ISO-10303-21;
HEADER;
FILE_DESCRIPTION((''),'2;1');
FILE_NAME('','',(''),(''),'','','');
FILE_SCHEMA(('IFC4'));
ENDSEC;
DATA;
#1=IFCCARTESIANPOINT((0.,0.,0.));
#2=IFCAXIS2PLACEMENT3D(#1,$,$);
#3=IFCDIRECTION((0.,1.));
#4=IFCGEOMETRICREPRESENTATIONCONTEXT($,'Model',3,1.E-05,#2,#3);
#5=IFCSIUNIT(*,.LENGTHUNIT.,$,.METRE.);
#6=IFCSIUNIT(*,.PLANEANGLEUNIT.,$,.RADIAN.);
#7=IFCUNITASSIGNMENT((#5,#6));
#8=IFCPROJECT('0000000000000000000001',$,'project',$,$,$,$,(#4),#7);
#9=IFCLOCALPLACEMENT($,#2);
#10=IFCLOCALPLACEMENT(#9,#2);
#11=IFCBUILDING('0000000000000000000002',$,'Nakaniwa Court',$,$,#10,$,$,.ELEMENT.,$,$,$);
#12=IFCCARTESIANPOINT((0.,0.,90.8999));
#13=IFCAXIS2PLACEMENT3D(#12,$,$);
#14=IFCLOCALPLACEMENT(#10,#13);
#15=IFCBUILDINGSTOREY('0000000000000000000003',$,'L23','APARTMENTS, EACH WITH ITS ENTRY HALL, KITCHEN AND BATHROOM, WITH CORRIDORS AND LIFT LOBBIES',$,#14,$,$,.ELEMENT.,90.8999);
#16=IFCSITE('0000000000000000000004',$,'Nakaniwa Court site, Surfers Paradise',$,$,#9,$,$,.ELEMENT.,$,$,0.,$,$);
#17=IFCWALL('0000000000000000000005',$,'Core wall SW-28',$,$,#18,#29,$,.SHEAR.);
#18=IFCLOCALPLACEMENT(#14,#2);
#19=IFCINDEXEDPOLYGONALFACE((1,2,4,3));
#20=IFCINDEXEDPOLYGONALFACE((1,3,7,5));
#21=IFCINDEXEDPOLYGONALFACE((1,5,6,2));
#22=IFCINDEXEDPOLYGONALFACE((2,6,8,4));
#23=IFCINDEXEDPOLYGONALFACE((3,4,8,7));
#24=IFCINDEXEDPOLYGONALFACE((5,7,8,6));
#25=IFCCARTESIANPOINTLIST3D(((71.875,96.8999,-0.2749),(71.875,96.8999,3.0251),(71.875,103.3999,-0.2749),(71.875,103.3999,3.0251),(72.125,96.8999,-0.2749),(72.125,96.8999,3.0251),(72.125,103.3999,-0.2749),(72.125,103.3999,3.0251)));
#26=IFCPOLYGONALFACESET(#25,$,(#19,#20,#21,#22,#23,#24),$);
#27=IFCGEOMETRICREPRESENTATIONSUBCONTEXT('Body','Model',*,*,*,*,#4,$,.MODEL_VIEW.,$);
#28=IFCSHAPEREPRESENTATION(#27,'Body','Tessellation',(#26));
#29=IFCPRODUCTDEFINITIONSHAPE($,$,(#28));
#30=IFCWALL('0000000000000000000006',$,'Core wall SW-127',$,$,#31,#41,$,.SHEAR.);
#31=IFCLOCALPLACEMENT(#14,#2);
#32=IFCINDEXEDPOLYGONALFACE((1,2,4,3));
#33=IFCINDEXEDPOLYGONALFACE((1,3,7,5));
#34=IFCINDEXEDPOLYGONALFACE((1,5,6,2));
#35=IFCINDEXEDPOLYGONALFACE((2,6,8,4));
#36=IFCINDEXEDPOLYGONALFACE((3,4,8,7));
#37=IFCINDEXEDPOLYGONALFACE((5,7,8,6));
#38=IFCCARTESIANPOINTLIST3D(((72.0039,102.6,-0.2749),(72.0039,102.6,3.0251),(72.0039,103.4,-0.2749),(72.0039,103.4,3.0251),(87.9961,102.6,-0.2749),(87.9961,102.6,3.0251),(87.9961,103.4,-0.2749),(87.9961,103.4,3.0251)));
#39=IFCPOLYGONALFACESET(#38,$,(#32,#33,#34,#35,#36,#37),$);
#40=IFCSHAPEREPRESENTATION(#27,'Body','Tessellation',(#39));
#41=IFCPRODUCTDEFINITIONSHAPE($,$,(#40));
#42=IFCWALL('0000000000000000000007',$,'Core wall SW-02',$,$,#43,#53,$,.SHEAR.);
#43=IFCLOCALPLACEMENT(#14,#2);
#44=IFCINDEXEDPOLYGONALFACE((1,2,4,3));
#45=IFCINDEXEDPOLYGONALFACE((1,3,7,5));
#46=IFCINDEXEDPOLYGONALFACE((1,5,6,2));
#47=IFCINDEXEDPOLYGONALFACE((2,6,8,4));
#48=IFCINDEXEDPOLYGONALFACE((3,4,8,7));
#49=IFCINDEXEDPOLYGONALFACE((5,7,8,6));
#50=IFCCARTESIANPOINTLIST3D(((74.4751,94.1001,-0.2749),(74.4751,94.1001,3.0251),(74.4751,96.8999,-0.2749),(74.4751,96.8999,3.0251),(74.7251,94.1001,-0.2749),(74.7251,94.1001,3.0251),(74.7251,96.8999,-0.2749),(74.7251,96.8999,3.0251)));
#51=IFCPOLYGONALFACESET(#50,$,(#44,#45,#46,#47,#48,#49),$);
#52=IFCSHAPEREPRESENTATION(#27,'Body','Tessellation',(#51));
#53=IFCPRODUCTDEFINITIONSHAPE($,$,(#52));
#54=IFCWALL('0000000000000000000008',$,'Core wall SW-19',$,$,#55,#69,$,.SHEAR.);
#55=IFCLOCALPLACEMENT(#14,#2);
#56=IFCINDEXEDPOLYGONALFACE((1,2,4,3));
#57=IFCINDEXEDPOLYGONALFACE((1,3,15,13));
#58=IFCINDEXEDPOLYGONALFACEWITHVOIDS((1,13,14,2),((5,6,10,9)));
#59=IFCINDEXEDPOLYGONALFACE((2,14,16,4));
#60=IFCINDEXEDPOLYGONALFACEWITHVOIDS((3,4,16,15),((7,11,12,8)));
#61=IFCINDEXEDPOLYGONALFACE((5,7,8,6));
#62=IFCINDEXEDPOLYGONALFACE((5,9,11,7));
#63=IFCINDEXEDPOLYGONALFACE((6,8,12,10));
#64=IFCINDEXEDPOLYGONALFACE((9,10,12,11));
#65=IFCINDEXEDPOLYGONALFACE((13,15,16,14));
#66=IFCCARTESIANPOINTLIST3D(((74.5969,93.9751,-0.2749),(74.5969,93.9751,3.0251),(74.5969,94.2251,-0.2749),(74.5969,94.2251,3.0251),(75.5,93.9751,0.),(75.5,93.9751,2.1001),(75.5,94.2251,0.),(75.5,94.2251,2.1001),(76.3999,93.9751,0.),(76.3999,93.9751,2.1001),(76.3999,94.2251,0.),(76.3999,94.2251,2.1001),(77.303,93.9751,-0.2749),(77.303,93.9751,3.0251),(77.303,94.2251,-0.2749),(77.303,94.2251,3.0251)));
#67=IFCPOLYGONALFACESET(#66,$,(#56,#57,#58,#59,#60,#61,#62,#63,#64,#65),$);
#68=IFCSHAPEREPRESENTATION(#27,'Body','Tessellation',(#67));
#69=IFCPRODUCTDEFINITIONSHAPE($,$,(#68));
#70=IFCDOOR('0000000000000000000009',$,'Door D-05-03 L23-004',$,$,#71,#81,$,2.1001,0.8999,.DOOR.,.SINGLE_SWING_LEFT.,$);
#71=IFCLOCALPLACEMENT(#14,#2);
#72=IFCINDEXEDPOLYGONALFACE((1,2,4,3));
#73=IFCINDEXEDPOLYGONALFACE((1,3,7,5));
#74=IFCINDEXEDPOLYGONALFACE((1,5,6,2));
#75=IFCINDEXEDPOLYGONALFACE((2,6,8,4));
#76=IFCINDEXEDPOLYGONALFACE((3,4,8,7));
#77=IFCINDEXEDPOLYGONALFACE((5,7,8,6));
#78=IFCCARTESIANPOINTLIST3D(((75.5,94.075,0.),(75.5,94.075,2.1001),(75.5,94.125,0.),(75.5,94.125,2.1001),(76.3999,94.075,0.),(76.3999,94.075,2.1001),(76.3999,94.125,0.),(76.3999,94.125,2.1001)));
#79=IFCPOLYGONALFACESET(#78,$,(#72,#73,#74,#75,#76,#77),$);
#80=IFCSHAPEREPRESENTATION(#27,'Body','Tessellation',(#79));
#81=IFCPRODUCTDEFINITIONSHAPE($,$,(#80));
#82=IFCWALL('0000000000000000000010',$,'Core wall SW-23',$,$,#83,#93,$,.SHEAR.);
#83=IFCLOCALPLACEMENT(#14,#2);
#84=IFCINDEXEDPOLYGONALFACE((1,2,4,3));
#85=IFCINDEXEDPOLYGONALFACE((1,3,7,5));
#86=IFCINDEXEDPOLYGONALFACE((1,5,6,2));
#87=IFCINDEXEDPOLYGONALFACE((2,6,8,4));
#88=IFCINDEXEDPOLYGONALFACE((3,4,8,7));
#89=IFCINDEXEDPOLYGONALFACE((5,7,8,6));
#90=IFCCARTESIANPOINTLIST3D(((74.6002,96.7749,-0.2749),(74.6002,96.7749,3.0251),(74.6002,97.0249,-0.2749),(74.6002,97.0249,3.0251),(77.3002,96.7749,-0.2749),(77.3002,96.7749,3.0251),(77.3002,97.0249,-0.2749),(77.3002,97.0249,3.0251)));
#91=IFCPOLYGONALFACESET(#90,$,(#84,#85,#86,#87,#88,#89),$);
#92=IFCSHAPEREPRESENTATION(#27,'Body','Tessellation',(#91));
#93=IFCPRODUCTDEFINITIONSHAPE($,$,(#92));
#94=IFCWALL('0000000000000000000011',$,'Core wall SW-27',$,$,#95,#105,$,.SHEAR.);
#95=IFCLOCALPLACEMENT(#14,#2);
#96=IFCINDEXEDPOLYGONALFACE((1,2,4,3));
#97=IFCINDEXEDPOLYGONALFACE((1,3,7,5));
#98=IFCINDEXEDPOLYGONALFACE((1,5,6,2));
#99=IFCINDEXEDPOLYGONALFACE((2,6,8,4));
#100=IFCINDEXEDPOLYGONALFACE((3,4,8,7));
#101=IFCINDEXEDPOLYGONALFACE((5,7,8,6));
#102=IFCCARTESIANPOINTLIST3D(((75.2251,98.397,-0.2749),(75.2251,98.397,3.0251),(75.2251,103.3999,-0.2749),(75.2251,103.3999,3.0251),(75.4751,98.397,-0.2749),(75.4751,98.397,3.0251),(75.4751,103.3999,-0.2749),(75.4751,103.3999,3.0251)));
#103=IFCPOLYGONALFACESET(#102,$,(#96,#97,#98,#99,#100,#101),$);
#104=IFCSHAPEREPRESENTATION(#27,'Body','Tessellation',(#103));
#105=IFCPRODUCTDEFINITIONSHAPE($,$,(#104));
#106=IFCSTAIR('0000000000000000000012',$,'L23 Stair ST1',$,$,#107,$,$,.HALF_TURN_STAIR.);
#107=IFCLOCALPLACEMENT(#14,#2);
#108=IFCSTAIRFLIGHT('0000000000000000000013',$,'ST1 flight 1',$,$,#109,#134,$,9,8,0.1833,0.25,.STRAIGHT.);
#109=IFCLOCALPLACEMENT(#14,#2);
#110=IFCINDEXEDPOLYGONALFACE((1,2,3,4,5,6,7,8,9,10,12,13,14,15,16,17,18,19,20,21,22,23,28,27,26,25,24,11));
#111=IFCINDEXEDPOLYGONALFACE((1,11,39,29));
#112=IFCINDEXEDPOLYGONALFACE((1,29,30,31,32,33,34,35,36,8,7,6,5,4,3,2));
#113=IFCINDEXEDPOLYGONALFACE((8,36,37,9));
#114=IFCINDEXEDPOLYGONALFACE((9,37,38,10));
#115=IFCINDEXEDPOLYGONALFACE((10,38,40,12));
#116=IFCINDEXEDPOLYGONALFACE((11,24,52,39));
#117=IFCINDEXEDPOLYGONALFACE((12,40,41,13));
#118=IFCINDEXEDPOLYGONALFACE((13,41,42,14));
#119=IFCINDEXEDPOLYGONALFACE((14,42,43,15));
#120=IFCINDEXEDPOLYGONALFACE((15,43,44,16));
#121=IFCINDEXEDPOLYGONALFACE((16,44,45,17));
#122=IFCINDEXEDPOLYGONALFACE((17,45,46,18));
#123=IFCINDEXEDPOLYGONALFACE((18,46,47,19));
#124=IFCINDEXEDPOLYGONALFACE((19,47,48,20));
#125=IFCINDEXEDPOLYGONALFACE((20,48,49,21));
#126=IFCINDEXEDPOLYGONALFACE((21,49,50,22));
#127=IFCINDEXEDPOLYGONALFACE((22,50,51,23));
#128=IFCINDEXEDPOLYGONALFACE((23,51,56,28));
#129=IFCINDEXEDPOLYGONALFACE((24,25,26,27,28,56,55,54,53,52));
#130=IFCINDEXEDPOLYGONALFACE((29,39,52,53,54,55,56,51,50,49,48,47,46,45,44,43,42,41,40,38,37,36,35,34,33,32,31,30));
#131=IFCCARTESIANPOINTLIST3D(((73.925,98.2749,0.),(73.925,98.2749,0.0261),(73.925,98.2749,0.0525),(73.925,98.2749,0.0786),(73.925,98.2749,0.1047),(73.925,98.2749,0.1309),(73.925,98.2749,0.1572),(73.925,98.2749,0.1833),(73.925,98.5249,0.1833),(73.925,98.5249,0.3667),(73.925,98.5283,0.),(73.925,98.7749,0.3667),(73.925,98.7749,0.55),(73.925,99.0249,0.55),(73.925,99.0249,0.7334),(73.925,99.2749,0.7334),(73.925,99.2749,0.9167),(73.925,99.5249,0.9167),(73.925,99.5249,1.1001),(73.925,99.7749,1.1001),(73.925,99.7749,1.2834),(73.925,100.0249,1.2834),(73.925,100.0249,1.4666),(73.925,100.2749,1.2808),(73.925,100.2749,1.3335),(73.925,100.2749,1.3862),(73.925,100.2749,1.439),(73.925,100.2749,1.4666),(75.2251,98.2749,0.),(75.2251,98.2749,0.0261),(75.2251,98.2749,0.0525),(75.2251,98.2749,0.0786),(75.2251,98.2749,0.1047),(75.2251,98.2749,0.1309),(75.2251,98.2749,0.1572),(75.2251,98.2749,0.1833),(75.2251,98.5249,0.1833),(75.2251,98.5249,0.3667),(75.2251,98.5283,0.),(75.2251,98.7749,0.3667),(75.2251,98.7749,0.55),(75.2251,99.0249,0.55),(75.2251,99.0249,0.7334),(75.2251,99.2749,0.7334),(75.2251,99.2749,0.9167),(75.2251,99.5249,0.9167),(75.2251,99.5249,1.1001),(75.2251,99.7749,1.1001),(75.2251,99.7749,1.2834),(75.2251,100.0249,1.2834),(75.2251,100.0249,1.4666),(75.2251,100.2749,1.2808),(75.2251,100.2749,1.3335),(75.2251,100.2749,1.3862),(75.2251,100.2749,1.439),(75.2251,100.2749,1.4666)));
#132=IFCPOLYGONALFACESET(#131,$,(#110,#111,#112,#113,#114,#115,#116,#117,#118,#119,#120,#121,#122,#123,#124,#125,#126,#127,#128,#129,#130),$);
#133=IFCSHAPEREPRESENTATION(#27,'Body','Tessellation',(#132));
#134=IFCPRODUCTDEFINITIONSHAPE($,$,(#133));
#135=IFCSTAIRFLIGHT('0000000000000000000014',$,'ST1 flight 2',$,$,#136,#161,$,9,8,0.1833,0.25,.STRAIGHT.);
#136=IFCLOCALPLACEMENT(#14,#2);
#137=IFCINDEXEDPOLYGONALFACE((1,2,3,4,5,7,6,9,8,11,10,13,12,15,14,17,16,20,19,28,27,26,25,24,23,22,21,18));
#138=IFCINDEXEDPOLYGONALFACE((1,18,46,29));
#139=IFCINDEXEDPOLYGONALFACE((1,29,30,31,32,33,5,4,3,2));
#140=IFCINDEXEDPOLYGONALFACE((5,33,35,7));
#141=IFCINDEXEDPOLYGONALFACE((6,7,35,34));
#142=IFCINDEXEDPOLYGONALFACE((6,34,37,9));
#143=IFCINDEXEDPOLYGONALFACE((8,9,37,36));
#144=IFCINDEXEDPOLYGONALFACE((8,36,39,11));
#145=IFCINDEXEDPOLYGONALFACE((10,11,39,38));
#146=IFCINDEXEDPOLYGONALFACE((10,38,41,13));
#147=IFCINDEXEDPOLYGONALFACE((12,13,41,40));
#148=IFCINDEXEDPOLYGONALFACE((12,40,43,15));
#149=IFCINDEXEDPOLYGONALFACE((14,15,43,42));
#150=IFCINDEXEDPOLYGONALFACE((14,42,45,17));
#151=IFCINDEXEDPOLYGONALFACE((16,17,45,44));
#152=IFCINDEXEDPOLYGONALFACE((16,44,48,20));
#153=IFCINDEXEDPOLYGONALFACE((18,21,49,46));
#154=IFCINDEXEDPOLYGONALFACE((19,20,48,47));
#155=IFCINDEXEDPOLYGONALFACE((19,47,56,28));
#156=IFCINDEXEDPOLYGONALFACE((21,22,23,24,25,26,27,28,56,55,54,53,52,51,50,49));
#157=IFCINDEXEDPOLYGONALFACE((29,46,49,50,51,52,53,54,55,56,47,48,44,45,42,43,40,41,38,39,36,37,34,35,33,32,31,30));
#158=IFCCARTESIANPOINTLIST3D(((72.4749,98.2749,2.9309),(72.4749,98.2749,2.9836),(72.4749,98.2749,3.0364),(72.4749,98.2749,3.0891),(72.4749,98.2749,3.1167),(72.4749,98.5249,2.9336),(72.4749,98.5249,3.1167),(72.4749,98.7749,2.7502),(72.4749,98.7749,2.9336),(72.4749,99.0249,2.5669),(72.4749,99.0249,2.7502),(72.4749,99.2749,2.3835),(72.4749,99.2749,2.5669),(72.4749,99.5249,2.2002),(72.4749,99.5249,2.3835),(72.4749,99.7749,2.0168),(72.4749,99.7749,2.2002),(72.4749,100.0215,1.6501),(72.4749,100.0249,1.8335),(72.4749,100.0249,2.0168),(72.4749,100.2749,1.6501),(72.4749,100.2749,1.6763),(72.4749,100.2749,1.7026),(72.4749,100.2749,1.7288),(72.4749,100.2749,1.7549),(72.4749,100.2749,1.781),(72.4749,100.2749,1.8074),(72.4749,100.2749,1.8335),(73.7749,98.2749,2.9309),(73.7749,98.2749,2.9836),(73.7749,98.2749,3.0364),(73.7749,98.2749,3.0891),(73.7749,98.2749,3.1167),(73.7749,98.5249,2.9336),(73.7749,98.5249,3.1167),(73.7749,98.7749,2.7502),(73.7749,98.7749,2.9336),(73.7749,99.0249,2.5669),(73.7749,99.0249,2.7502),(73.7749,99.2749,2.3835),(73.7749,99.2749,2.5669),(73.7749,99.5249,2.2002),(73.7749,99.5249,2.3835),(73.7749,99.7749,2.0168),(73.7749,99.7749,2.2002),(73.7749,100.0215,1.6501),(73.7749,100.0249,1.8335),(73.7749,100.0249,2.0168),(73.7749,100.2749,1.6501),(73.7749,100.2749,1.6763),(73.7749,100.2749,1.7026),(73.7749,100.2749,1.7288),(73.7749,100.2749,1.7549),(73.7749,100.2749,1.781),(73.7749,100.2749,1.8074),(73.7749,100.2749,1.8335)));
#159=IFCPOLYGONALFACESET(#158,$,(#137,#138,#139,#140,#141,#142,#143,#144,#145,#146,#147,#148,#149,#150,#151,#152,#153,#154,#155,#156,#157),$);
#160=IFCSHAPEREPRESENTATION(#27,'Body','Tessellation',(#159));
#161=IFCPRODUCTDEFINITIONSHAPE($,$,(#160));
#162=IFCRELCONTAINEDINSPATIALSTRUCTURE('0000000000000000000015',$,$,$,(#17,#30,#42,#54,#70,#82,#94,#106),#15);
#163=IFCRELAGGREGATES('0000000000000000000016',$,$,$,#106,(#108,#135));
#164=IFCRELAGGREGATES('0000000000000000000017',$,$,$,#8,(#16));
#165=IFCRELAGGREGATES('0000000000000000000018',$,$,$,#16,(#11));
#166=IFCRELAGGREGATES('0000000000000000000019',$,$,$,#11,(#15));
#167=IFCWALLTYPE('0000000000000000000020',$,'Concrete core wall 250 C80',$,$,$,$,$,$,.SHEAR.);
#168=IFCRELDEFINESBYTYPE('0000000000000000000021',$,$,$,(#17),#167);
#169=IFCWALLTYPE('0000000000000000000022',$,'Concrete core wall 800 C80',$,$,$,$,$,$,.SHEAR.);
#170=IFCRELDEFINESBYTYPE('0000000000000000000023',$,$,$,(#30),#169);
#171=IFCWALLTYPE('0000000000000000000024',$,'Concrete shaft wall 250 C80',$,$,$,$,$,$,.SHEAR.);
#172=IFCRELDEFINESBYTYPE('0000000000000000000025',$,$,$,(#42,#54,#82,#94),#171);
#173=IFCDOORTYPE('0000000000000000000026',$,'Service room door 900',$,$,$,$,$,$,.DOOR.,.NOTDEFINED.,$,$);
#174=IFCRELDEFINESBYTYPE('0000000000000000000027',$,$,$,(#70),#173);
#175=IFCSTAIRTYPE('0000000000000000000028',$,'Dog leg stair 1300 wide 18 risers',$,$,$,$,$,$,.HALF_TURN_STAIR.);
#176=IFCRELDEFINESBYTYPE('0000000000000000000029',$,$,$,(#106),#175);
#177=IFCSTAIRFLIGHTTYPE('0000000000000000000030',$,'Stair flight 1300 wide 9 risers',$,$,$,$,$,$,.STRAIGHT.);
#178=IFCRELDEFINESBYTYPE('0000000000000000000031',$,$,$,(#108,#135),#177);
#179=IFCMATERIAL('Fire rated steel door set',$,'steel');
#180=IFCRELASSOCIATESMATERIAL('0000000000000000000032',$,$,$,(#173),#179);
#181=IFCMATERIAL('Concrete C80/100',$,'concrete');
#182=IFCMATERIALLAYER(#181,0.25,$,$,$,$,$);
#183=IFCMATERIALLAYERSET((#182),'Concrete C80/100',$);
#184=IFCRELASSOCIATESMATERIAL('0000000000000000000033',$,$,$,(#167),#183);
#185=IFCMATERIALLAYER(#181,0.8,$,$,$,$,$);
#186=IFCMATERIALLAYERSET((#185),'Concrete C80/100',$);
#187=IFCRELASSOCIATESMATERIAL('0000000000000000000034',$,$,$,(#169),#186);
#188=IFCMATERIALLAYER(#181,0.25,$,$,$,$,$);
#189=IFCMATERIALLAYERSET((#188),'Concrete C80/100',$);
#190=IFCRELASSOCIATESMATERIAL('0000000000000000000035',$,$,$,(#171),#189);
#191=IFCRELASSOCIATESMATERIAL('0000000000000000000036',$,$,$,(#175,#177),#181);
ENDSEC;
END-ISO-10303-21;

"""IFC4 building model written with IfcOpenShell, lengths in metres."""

from ifc_helpers import new_model, si_unit, direction, frame, frame_2d, origin, place, context, subcontext, project, spatial, polyline, rectangle, outline, extrude, material, layer, layer_set, type_object, element, fill, aggregate, save


model = new_model("IFC4")

# Units and contexts
model_context = context("Model", 3, precision=1e-05, world=origin(), true_north=direction((0.0, 1.0)))
body_context = subcontext(model_context, "Body", "Model", "MODEL_VIEW")
ifc_project = project(units=[si_unit("LENGTHUNIT", "METRE"), si_unit("PLANEANGLEUNIT", "RADIAN")], contexts=[model_context])

# Site, building, storey
site_placement = place(None, origin())
site = spatial("IfcSite", under=ifc_project, at=site_placement, Name="Nakaniwa Court site, Surfers Paradise", CompositionType="ELEMENT", RefElevation=0.0)
building_placement = place(site_placement, origin())
building = spatial("IfcBuilding", under=site, at=building_placement, Name="Nakaniwa Court", CompositionType="ELEMENT")
storey_placement = place(building_placement, frame((0.0, 0.0, 90.8999)))
storey = spatial("IfcBuildingStorey", under=building, at=storey_placement, Name="L23", Description="APARTMENTS, EACH WITH ITS ENTRY HALL, KITCHEN AND BATHROOM, WITH CORRIDORS AND LIFT LOBBIES", CompositionType="ELEMENT", Elevation=90.8999)

# Shared definitions
ifc_material_1 = material(Name="Concrete C80/100", Category="concrete")

# Shared definitions
ifc_material_2 = material(Name="Fire rated steel door set", Category="steel")
door_type_1 = type_object("IfcDoorType", Name="Service room door 900", OperationType="NOTDEFINED", PredefinedType="DOOR", material=ifc_material_2)

# Walls
ifc_layer_1 = layer(ifc_material_1, 0.25)
ifc_layer_set_1 = layer_set([ifc_layer_1], Name="Concrete C80/100")
wall_type_1 = type_object("IfcWallType", Name="Concrete core wall 250 C80", PredefinedType="SHEAR", material=ifc_layer_set_1)
wall_1_placement = place(storey_placement, frame((72.0, 96.8999, -0.2749), z_axis=(0.0, 0.0, 1.0), x_axis=(0.0, 1.0, 0.0)))
element("IfcWall", 1, at=wall_1_placement, inside=storey, type_object=wall_type_1, Name="Core wall SW-28", PredefinedType="SHEAR", context=body_context, shape_type="SweptSolid", body=[
    extrude(rectangle(XDim=6.5, YDim=0.25, at=frame_2d((3.25, 0.0))), origin(), (0.0, 0.0, 1.0), 3.3),
])
ifc_layer_2 = layer(ifc_material_1, 0.8)
ifc_layer_set_2 = layer_set([ifc_layer_2], Name="Concrete C80/100")
wall_type_2 = type_object("IfcWallType", Name="Concrete core wall 800 C80", PredefinedType="SHEAR", material=ifc_layer_set_2)
wall_2_placement = place(storey_placement, frame((72.0039, 103.0, -0.2749), z_axis=(0.0, 0.0, 1.0), x_axis=(1.0, 0.0, 0.0)))
element("IfcWall", 2, at=wall_2_placement, inside=storey, type_object=wall_type_2, Name="Core wall SW-127", PredefinedType="SHEAR", context=body_context, shape_type="SweptSolid", body=[
    extrude(rectangle(XDim=15.9922, YDim=0.8, at=frame_2d((7.9961, 0.0))), origin(), (0.0, 0.0, 1.0), 3.3),
])
ifc_layer_3 = layer(ifc_material_1, 0.25)
ifc_layer_set_3 = layer_set([ifc_layer_3], Name="Concrete C80/100")
wall_type_3 = type_object("IfcWallType", Name="Concrete shaft wall 250 C80", PredefinedType="SHEAR", material=ifc_layer_set_3)
wall_3_placement = place(storey_placement, frame((74.6001, 94.1001, -0.2749), z_axis=(0.0, 0.0, 1.0), x_axis=(0.0, 1.0, 0.0)))
element("IfcWall", 3, at=wall_3_placement, inside=storey, type_object=wall_type_3, Name="Core wall SW-02", PredefinedType="SHEAR", context=body_context, shape_type="SweptSolid", body=[
    extrude(rectangle(XDim=2.7998, YDim=0.25, at=frame_2d((1.3999, 0.0))), origin(), (0.0, 0.0, 1.0), 3.3),
])

# Wall, opening, door
wall_4_placement = place(storey_placement, frame((74.5969, 94.1001, -0.2749), z_axis=(0.0, 0.0, 1.0), x_axis=(1.0, 0.0, 0.0)))
wall_4 = element("IfcWall", 4, at=wall_4_placement, inside=storey, type_object=wall_type_3, Name="Core wall SW-19", PredefinedType="SHEAR", context=body_context, shape_type="SweptSolid", body=[
    extrude(rectangle(XDim=2.7061, YDim=0.25, at=frame_2d((1.353, 0.0))), origin(), (0.0, 0.0, 1.0), 3.3),
])
opening_1_placement = place(wall_4_placement, frame((0.9031, 0.0, 0.2749)))
opening_1 = element("IfcOpeningElement", 5, at=opening_1_placement, cuts=wall_4, PredefinedType="OPENING", context=body_context, shape_type="SweptSolid", body=[
    extrude(rectangle(XDim=0.8999, YDim=2.1001, at=frame_2d((0.45, 1.05))), frame((0.0, 0.135, 0.0), z_axis=(0.0, -1.0, 0.0), x_axis=(1.0, 0.0, 0.0)), (0.0, 0.0, 1.0), 0.27),
])
door_1_placement = place(opening_1_placement, origin())
door_1 = element("IfcDoor", 6, at=door_1_placement, inside=storey, type_object=door_type_1, Name="Door D-05-03 L23-004", OperationType="SINGLE_SWING_LEFT", OverallHeight=2.1001, OverallWidth=0.8999, PredefinedType="DOOR", context=body_context, shape_type="SweptSolid", body=[
    extrude(rectangle(XDim=0.8999, YDim=2.1001, at=frame_2d((0.45, 1.05))), frame((0.0, 0.0249, 0.0), z_axis=(0.0, -1.0, 0.0), x_axis=(1.0, 0.0, 0.0)), (0.0, 0.0, 1.0), 0.05),
])
fill(opening_1, door_1)

# Walls
wall_5_placement = place(storey_placement, frame((74.6001, 96.8999, -0.2749), z_axis=(0.0, 0.0, 1.0), x_axis=(1.0, 0.0, 0.0)))
element("IfcWall", 7, at=wall_5_placement, inside=storey, type_object=wall_type_3, Name="Core wall SW-23", PredefinedType="SHEAR", context=body_context, shape_type="SweptSolid", body=[
    extrude(rectangle(XDim=2.7, YDim=0.25, at=frame_2d((1.3501, 0.0))), origin(), (0.0, 0.0, 1.0), 3.3),
])
wall_6_placement = place(storey_placement, frame((75.3501, 98.397, -0.2749), z_axis=(0.0, 0.0, 1.0), x_axis=(0.0, 1.0, 0.0)))
element("IfcWall", 8, at=wall_6_placement, inside=storey, type_object=wall_type_3, Name="Core wall SW-27", PredefinedType="SHEAR", context=body_context, shape_type="SweptSolid", body=[
    extrude(rectangle(XDim=5.0029, YDim=0.25, at=frame_2d((2.5015, 0.0))), origin(), (0.0, 0.0, 1.0), 3.3),
])

# Stair, stair flights
stair_type = type_object("IfcStairType", Name="Dog leg stair 1300 wide 18 risers", PredefinedType="HALF_TURN_STAIR", material=ifc_material_1)
stair_placement = place(storey_placement, origin())
stair = element("IfcStair", 9, at=stair_placement, inside=storey, type_object=stair_type, Name="L23 Stair ST1", PredefinedType="HALF_TURN_STAIR")
stair_flight_type = type_object("IfcStairFlightType", Name="Stair flight 1300 wide 9 risers", PredefinedType="STRAIGHT", material=ifc_material_1)
stair_flight_1_placement = place(storey_placement, frame((74.575, 98.2749, 0.0), z_axis=(0.0, 0.0, 1.0), x_axis=(0.0, 1.0, 0.0)))
stair_flight_1 = element("IfcStairFlight", 10, at=stair_flight_1_placement, type_object=stair_flight_type, Name="ST1 flight 1", NumberOfRisers=9, NumberOfTreads=8, PredefinedType="STRAIGHT", RiserHeight=0.1833, TreadLength=0.25, context=body_context, shape_type="SweptSolid", body=[
    extrude(outline(polyline([(0.0, 0.0), (0.0, 0.0261), (0.0, 0.0525), (0.0, 0.0786), (0.0, 0.1047), (0.0, 0.1309), (0.0, 0.1572), (0.0, 0.1833), (0.25, 0.1833), (0.25, 0.3667), (0.5, 0.3667), (0.5, 0.55), (0.75, 0.55), (0.75, 0.7334), (1.0, 0.7334), (1.0, 0.9167), (1.25, 0.9167), (1.25, 1.1001), (1.5, 1.1001), (1.5, 1.2834), (1.75, 1.2834), (1.75, 1.4666), (2.0, 1.4666), (2.0, 1.6499), (2.0, 1.5972), (2.0, 1.5444), (2.0, 1.4917), (2.0, 1.439), (2.0, 1.3862), (2.0, 1.3335), (2.0, 1.2808), (0.2534, 0.0), (0.0, 0.0)])), frame((0.0, 0.6499, 0.0), z_axis=(0.0, -1.0, 0.0), x_axis=(1.0, 0.0, 0.0)), (0.0, 0.0, 1.0), 1.3),
])
stair_flight_2_placement = place(storey_placement, frame((73.125, 100.2749, 1.6501), z_axis=(0.0, 0.0, 1.0), x_axis=(0.0, -1.0, 0.0)))
stair_flight_2 = element("IfcStairFlight", 11, at=stair_flight_2_placement, type_object=stair_flight_type, Name="ST1 flight 2", NumberOfRisers=9, NumberOfTreads=8, PredefinedType="STRAIGHT", RiserHeight=0.1833, TreadLength=0.25, context=body_context, shape_type="SweptSolid", body=[
    extrude(outline(polyline([(0.0, 0.0), (0.0, 0.0261), (0.0, 0.0525), (0.0, 0.0786), (0.0, 0.1047), (0.0, 0.1309), (0.0, 0.1572), (0.0, 0.1833), (0.25, 0.1833), (0.25, 0.3667), (0.5, 0.3667), (0.5, 0.55), (0.75, 0.55), (0.75, 0.7334), (1.0, 0.7334), (1.0, 0.9167), (1.25, 0.9167), (1.25, 1.1001), (1.5, 1.1001), (1.5, 1.2834), (1.75, 1.2834), (1.75, 1.4666), (2.0, 1.4666), (2.0, 1.6499), (2.0, 1.5972), (2.0, 1.5444), (2.0, 1.4917), (2.0, 1.439), (2.0, 1.3862), (2.0, 1.3335), (2.0, 1.2808), (0.2534, 0.0), (0.0, 0.0)])), frame((0.0, 0.6499, 0.0), z_axis=(0.0, -1.0, 0.0), x_axis=(1.0, 0.0, 0.0)), (0.0, 0.0, 1.0), 1.3),
])
aggregate(stair, [stair_flight_1, stair_flight_2])

save(model, "model.ifc")
